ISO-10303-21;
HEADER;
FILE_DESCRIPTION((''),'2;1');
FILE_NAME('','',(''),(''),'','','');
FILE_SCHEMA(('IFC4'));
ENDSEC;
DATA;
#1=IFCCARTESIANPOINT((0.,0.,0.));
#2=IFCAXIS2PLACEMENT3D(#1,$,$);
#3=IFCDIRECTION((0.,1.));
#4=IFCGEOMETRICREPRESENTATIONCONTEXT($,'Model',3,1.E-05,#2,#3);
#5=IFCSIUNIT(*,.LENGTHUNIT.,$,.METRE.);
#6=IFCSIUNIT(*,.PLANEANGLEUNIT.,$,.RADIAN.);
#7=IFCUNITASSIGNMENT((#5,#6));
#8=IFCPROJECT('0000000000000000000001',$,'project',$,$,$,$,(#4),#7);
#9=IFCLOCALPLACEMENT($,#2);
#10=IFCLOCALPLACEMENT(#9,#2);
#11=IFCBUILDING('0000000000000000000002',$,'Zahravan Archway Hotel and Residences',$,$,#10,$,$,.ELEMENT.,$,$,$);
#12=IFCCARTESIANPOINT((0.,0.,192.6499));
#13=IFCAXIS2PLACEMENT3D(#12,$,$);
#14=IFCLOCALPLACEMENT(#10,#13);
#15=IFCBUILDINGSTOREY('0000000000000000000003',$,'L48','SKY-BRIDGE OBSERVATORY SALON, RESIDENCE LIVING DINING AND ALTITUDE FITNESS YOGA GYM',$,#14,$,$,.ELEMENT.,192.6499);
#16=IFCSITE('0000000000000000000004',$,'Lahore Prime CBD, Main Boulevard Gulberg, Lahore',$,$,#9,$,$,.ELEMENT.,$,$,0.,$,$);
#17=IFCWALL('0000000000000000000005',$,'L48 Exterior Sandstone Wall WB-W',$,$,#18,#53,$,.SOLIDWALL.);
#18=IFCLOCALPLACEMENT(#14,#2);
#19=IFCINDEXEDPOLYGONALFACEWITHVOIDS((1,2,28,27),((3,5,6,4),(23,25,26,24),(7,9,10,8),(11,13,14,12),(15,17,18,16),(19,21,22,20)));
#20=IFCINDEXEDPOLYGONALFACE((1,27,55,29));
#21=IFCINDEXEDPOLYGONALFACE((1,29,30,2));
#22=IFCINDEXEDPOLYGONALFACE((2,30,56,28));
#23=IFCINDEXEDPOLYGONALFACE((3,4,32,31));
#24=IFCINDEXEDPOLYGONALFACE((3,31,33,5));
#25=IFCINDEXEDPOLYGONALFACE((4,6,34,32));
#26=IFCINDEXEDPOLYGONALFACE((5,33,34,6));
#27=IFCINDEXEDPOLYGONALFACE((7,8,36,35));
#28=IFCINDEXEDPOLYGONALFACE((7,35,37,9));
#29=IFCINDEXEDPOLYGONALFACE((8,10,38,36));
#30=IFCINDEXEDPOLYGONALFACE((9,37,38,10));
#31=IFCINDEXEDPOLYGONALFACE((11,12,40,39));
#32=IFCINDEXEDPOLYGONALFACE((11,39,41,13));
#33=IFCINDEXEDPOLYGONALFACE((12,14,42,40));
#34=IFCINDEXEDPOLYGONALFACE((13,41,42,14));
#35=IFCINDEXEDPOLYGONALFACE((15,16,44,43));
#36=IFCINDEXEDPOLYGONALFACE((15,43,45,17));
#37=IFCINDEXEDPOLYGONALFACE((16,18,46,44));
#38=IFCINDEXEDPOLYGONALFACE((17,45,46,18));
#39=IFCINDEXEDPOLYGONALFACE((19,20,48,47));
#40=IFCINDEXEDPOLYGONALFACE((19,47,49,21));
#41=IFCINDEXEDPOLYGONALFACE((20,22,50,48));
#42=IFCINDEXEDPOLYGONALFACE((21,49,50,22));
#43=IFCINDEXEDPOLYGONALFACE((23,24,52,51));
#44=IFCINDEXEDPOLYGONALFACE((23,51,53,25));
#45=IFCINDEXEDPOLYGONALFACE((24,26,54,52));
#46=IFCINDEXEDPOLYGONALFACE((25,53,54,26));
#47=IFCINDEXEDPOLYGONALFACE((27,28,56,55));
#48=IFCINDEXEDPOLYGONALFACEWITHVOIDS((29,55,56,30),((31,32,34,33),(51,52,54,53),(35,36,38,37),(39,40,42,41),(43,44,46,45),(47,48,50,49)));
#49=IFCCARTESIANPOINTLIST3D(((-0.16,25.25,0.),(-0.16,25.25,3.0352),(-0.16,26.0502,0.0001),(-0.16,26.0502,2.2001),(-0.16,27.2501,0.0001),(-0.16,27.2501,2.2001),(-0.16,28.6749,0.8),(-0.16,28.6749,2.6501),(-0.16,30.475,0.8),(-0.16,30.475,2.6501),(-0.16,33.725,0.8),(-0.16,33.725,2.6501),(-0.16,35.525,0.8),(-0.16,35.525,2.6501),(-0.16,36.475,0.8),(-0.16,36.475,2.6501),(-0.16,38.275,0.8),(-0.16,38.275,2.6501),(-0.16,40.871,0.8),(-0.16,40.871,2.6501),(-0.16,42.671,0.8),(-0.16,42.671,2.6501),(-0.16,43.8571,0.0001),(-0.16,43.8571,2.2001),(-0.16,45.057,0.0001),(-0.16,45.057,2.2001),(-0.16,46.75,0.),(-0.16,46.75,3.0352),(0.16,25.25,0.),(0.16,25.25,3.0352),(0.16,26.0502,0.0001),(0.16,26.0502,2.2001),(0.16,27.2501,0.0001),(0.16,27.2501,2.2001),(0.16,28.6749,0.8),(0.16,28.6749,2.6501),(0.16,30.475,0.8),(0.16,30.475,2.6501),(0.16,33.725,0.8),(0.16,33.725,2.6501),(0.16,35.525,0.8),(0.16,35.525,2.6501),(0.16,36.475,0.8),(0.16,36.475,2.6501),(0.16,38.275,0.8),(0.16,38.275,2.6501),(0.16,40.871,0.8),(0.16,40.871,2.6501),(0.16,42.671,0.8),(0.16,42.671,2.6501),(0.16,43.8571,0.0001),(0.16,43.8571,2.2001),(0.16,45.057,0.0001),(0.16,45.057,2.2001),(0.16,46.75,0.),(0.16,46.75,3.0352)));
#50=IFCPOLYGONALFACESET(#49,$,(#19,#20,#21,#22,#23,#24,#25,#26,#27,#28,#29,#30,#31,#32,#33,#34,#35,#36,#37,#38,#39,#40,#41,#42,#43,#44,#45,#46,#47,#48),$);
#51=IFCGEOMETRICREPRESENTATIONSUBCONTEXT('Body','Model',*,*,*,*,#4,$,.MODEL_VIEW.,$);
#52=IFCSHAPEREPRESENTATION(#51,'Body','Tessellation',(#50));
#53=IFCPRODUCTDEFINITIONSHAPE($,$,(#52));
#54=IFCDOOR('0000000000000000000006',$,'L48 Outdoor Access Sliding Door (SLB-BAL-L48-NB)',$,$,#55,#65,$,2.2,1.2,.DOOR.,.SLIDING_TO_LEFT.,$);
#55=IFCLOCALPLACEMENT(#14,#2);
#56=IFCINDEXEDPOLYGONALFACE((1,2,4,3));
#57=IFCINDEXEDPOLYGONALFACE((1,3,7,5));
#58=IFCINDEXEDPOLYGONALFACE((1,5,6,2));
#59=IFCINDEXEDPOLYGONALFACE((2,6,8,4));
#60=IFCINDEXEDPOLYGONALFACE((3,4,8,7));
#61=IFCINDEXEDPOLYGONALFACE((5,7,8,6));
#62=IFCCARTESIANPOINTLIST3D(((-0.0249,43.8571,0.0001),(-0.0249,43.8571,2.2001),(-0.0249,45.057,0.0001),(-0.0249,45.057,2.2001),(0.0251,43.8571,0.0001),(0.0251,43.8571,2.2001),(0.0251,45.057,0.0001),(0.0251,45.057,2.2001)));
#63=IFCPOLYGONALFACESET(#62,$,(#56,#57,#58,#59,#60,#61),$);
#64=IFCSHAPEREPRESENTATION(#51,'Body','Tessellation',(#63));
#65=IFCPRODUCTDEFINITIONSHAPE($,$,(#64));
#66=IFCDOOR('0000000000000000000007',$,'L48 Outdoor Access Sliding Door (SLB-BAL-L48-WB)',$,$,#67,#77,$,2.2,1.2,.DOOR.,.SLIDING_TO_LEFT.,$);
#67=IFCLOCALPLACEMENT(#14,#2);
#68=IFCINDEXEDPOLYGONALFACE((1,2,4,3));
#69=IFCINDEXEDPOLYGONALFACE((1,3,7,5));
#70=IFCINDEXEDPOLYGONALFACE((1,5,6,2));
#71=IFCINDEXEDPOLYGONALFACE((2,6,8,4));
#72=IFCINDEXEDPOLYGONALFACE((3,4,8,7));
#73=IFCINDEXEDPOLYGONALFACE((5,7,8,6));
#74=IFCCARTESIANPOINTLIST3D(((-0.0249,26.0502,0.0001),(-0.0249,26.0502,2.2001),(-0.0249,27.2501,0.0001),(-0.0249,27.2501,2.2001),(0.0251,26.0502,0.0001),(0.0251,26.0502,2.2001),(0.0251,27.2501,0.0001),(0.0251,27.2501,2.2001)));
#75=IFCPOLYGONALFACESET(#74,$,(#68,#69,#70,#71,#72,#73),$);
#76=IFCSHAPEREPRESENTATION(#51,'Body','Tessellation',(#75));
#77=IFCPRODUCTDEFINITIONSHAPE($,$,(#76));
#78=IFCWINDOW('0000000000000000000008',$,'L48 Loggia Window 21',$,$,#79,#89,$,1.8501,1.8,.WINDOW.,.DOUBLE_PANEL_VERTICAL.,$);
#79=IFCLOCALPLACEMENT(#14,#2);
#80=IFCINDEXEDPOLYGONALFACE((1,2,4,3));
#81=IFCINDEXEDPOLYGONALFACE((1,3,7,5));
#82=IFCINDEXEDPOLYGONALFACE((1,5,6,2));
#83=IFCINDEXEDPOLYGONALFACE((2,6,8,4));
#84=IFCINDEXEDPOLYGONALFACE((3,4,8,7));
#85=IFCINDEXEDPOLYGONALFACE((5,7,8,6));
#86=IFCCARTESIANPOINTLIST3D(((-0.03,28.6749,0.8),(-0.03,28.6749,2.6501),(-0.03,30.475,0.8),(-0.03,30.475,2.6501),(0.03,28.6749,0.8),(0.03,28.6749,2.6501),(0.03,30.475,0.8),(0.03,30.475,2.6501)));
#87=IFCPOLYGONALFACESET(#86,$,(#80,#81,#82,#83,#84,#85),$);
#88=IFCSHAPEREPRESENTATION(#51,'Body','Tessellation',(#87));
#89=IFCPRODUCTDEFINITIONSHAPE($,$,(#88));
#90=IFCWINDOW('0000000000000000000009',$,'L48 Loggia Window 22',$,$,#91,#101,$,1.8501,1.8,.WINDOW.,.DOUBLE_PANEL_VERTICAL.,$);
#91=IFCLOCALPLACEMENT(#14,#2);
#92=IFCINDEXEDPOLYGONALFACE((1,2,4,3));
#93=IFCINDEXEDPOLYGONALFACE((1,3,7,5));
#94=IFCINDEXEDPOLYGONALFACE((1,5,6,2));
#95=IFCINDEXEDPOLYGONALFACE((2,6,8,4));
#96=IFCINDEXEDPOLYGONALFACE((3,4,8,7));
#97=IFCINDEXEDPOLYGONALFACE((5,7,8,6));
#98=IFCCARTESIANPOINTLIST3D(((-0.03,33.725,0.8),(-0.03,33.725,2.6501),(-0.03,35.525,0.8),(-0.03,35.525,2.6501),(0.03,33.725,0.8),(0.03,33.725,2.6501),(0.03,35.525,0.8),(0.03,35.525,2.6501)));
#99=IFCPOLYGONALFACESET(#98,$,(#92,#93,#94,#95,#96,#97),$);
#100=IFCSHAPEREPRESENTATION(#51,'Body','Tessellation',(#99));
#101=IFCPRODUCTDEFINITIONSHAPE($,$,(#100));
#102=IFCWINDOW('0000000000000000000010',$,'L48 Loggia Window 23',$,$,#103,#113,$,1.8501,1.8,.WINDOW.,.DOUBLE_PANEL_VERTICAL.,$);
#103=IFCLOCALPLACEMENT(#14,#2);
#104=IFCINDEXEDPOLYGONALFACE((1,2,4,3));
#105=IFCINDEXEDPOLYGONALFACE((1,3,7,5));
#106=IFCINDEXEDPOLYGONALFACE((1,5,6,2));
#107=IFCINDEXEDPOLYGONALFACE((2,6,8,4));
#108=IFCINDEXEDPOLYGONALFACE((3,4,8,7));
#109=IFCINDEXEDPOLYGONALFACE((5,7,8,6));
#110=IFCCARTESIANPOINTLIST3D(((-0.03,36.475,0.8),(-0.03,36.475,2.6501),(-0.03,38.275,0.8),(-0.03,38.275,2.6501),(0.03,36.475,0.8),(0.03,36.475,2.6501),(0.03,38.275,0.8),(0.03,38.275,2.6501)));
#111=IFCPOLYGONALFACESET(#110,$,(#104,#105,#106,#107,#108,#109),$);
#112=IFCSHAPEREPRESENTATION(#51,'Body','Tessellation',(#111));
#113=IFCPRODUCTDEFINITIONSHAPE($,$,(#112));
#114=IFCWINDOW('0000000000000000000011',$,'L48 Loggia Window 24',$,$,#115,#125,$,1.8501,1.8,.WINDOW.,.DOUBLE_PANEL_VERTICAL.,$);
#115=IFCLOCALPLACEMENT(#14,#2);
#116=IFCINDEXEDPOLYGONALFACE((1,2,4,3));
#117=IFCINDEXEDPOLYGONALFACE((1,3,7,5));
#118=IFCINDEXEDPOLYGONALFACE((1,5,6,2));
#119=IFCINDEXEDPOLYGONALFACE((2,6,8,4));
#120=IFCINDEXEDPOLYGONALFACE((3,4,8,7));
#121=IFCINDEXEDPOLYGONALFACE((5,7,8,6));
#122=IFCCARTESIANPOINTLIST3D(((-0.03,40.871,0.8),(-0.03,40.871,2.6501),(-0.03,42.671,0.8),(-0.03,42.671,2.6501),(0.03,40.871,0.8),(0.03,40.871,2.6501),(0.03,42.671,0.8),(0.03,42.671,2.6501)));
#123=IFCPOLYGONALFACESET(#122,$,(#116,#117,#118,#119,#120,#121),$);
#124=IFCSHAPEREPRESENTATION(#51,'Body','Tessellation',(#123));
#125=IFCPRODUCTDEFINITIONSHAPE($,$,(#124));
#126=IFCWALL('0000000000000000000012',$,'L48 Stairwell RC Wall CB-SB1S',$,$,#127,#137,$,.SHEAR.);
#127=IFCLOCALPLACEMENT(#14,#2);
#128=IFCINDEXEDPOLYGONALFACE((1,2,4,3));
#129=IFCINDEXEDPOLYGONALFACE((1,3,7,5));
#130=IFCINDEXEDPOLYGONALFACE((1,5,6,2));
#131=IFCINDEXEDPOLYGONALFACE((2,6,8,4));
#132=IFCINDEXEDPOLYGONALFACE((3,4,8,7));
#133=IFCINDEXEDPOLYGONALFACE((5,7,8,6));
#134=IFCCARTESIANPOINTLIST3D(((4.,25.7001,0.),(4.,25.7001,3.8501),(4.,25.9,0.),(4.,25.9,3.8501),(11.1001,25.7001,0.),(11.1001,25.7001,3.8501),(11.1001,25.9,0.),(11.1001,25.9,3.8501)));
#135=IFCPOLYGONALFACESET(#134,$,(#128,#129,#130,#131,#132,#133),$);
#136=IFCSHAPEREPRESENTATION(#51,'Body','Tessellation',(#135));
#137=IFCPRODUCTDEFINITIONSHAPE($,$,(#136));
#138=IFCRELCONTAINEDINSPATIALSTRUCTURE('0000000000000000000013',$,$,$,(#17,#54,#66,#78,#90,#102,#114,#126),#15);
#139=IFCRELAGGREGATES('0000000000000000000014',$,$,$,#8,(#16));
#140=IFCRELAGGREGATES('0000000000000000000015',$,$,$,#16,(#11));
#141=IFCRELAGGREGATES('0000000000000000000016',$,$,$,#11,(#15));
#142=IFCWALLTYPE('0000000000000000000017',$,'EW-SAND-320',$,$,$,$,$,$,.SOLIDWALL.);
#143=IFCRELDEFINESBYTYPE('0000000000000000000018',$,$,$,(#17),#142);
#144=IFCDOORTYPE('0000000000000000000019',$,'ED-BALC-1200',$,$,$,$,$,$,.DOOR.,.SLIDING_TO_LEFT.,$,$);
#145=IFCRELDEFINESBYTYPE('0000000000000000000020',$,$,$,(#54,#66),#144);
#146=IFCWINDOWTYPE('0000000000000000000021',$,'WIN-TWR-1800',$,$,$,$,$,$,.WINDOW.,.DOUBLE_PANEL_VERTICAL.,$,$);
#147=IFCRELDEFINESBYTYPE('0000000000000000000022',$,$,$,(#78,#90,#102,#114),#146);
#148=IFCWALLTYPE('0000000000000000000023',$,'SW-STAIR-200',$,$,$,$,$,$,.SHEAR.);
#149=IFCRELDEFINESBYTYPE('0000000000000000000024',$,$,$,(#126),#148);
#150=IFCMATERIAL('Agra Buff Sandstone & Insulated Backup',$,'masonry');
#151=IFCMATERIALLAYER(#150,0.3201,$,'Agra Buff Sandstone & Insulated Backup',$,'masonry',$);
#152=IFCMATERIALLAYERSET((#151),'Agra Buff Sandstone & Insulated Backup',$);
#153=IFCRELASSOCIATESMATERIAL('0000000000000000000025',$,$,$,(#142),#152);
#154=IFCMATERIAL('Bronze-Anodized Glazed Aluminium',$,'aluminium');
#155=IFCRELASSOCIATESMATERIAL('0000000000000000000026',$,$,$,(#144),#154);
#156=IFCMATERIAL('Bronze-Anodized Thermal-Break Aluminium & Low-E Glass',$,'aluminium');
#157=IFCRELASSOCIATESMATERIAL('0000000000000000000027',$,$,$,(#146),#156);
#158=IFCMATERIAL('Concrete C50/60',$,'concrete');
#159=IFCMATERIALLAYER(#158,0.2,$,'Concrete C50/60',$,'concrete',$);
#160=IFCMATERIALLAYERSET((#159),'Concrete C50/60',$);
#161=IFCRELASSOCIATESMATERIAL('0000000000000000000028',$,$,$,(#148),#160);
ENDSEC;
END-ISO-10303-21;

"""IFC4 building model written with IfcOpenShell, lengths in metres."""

from ifc_helpers import new_model, si_unit, direction, frame, frame_2d, origin, place, context, subcontext, project, spatial, rectangle, extrude, source, transform, mapped, material, layer, layer_set, type_object, type_shapes, element, fill, save


model = new_model("IFC4")

# Units and contexts
model_context = context("Model", 3, precision=1e-05, world=origin(), true_north=direction((0.0, 1.0)))
body_context = subcontext(model_context, "Body", "Model", "MODEL_VIEW")
ifc_project = project(units=[si_unit("LENGTHUNIT", "METRE"), si_unit("PLANEANGLEUNIT", "RADIAN")], contexts=[model_context])

# Site, building, storey
site_placement = place(None, origin())
site = spatial("IfcSite", under=ifc_project, at=site_placement, Name="Lahore Prime CBD, Main Boulevard Gulberg, Lahore", CompositionType="ELEMENT", RefElevation=0.0)
building_placement = place(site_placement, origin())
building = spatial("IfcBuilding", under=site, at=building_placement, Name="Zahravan Archway Hotel and Residences", CompositionType="ELEMENT")
storey_placement = place(building_placement, frame((0.0, 0.0, 192.6499)))
storey = spatial("IfcBuildingStorey", under=building, at=storey_placement, Name="L48", Description="SKY-BRIDGE OBSERVATORY SALON, RESIDENCE LIVING DINING AND ALTITUDE FITNESS YOGA GYM", CompositionType="ELEMENT", Elevation=192.6499)

# Shared definitions
ifc_material_1 = material(Name="Agra Buff Sandstone & Insulated Backup", Category="masonry")
ifc_layer_1 = layer(ifc_material_1, 0.3201, Name="Agra Buff Sandstone & Insulated Backup", Category="masonry")
ifc_layer_set_1 = layer_set([ifc_layer_1], Name="Agra Buff Sandstone & Insulated Backup")
wall_type_1 = type_object("IfcWallType", Name="EW-SAND-320", PredefinedType="SOLIDWALL", material=ifc_layer_set_1)
ifc_material_2 = material(Name="Bronze-Anodized Thermal-Break Aluminium & Low-E Glass", Category="aluminium")

# Wall, openings, doors, windows
wall_1_placement = place(storey_placement, frame((0.0, 25.25, 0.0), z_axis=(0.0, 0.0, 1.0), x_axis=(0.0, 1.0, 0.0)))
wall_1 = element("IfcWall", 1, at=wall_1_placement, inside=storey, type_object=wall_type_1, Name="L48 Exterior Sandstone Wall WB-W", PredefinedType="SOLIDWALL", context=body_context, shape_type="SweptSolid", body=[
    extrude(rectangle(XDim=21.5, YDim=0.3201, at=frame_2d((10.75, 0.0))), origin(), (0.0, 0.0, 1.0), 3.0352),
])
opening_1_placement = place(wall_1_placement, frame((18.6069, 0.0, 0.0)))
opening_1 = element("IfcOpeningElement", 2, at=opening_1_placement, cuts=wall_1, PredefinedType="OPENING", context=body_context, shape_type="SweptSolid", body=[
    extrude(rectangle(XDim=1.2, YDim=2.2, at=frame_2d((0.6001, 1.1001))), frame((0.0, 0.1699, 0.0), z_axis=(0.0, -1.0, 0.0), x_axis=(1.0, 0.0, 0.0)), (0.0, 0.0, 1.0), 0.3401),
])
opening_2_placement = place(wall_1_placement, frame((0.8, 0.0, 0.0)))
opening_2 = element("IfcOpeningElement", 3, at=opening_2_placement, cuts=wall_1, PredefinedType="OPENING", context=body_context, shape_type="SweptSolid", body=[
    extrude(rectangle(XDim=1.2, YDim=2.2, at=frame_2d((0.6001, 1.1001))), frame((0.0, 0.1699, 0.0), z_axis=(0.0, -1.0, 0.0), x_axis=(1.0, 0.0, 0.0)), (0.0, 0.0, 1.0), 0.3401),
])
opening_3_placement = place(wall_1_placement, frame((3.425, 0.0, 0.8)))
opening_3 = element("IfcOpeningElement", 4, at=opening_3_placement, cuts=wall_1, PredefinedType="OPENING", context=body_context, shape_type="SweptSolid", body=[
    extrude(rectangle(XDim=1.8, YDim=1.8501, at=frame_2d((0.8999, 0.925))), frame((0.0, 0.1699, 0.0), z_axis=(0.0, -1.0, 0.0), x_axis=(1.0, 0.0, 0.0)), (0.0, 0.0, 1.0), 0.3401),
])
opening_4_placement = place(wall_1_placement, frame((8.4751, 0.0, 0.8)))
opening_4 = element("IfcOpeningElement", 5, at=opening_4_placement, cuts=wall_1, PredefinedType="OPENING", context=body_context, shape_type="SweptSolid", body=[
    extrude(rectangle(XDim=1.8, YDim=1.8501, at=frame_2d((0.8999, 0.925))), frame((0.0, 0.1699, 0.0), z_axis=(0.0, -1.0, 0.0), x_axis=(1.0, 0.0, 0.0)), (0.0, 0.0, 1.0), 0.3401),
])
opening_5_placement = place(wall_1_placement, frame((11.2251, 0.0, 0.8)))
opening_5 = element("IfcOpeningElement", 6, at=opening_5_placement, cuts=wall_1, PredefinedType="OPENING", context=body_context, shape_type="SweptSolid", body=[
    extrude(rectangle(XDim=1.8, YDim=1.8501, at=frame_2d((0.8999, 0.925))), frame((0.0, 0.1699, 0.0), z_axis=(0.0, -1.0, 0.0), x_axis=(1.0, 0.0, 0.0)), (0.0, 0.0, 1.0), 0.3401),
])
opening_6_placement = place(wall_1_placement, frame((15.6211, 0.0, 0.8)))
opening_6 = element("IfcOpeningElement", 7, at=opening_6_placement, cuts=wall_1, PredefinedType="OPENING", context=body_context, shape_type="SweptSolid", body=[
    extrude(rectangle(XDim=1.8, YDim=1.8501, at=frame_2d((0.8999, 0.925))), frame((0.0, 0.1699, 0.0), z_axis=(0.0, -1.0, 0.0), x_axis=(1.0, 0.0, 0.0)), (0.0, 0.0, 1.0), 0.3401),
])
ifc_material_3 = material(Name="Bronze-Anodized Glazed Aluminium", Category="aluminium")
door_type_1 = type_object("IfcDoorType", Name="ED-BALC-1200", OperationType="SLIDING_TO_LEFT", PredefinedType="DOOR", material=ifc_material_3)
shared_shape_1 = source(origin(), body_context, "Body", "SweptSolid", [
    extrude(rectangle(XDim=1.2, YDim=2.2, at=frame_2d((0.6001, 1.1001))), frame((0.0, 0.0249, 0.0), z_axis=(0.0, -1.0, 0.0), x_axis=(1.0, 0.0, 0.0)), (0.0, 0.0, 1.0), 0.05),
])
type_shapes(door_type_1, [shared_shape_1])
door_1_placement = place(opening_1_placement, origin())
door_1 = element("IfcDoor", 8, at=door_1_placement, inside=storey, type_object=door_type_1, Name="L48 Outdoor Access Sliding Door (SLB-BAL-L48-NB)", OperationType="SLIDING_TO_LEFT", OverallHeight=2.2, OverallWidth=1.2, PredefinedType="DOOR", context=body_context, shape_type="MappedRepresentation", body=[
    mapped(shared_shape_1, transform((0.0, 0.0, 0.0), scale=1.0)),
])
fill(opening_1, door_1)
door_2_placement = place(opening_2_placement, origin())
door_2 = element("IfcDoor", 9, at=door_2_placement, inside=storey, type_object=door_type_1, Name="L48 Outdoor Access Sliding Door (SLB-BAL-L48-WB)", OperationType="SLIDING_TO_LEFT", OverallHeight=2.2, OverallWidth=1.2, PredefinedType="DOOR", context=body_context, shape_type="MappedRepresentation", body=[
    mapped(shared_shape_1, transform((0.0, 0.0, 0.0), scale=1.0)),
])
fill(opening_2, door_2)
window_type_1 = type_object("IfcWindowType", Name="WIN-TWR-1800", PartitioningType="DOUBLE_PANEL_VERTICAL", PredefinedType="WINDOW", material=ifc_material_2)
shared_shape_2 = source(origin(), body_context, "Body", "SweptSolid", [
    extrude(rectangle(XDim=1.8, YDim=1.8501, at=frame_2d((0.8999, 0.925))), frame((0.0, 0.03, 0.0), z_axis=(0.0, -1.0, 0.0), x_axis=(1.0, 0.0, 0.0)), (0.0, 0.0, 1.0), 0.0601),
])
type_shapes(window_type_1, [shared_shape_2])
window_1_placement = place(opening_3_placement, origin())
window_1 = element("IfcWindow", 10, at=window_1_placement, inside=storey, type_object=window_type_1, Name="L48 Loggia Window 21", OverallHeight=1.8501, OverallWidth=1.8, PartitioningType="DOUBLE_PANEL_VERTICAL", PredefinedType="WINDOW", context=body_context, shape_type="MappedRepresentation", body=[
    mapped(shared_shape_2, transform((0.0, 0.0, 0.0), scale=1.0)),
])
fill(opening_3, window_1)
window_2_placement = place(opening_4_placement, origin())
window_2 = element("IfcWindow", 11, at=window_2_placement, inside=storey, type_object=window_type_1, Name="L48 Loggia Window 22", OverallHeight=1.8501, OverallWidth=1.8, PartitioningType="DOUBLE_PANEL_VERTICAL", PredefinedType="WINDOW", context=body_context, shape_type="MappedRepresentation", body=[
    mapped(shared_shape_2, transform((0.0, 0.0, 0.0), scale=1.0)),
])
fill(opening_4, window_2)
window_3_placement = place(opening_5_placement, origin())
window_3 = element("IfcWindow", 12, at=window_3_placement, inside=storey, type_object=window_type_1, Name="L48 Loggia Window 23", OverallHeight=1.8501, OverallWidth=1.8, PartitioningType="DOUBLE_PANEL_VERTICAL", PredefinedType="WINDOW", context=body_context, shape_type="MappedRepresentation", body=[
    mapped(shared_shape_2, transform((0.0, 0.0, 0.0), scale=1.0)),
])
fill(opening_5, window_3)
window_4_placement = place(opening_6_placement, origin())
window_4 = element("IfcWindow", 13, at=window_4_placement, inside=storey, type_object=window_type_1, Name="L48 Loggia Window 24", OverallHeight=1.8501, OverallWidth=1.8, PartitioningType="DOUBLE_PANEL_VERTICAL", PredefinedType="WINDOW", context=body_context, shape_type="MappedRepresentation", body=[
    mapped(shared_shape_2, transform((0.0, 0.0, 0.0), scale=1.0)),
])
fill(opening_6, window_4)

# Wall
ifc_material_4 = material(Name="Concrete C50/60", Category="concrete")
ifc_layer_2 = layer(ifc_material_4, 0.2, Name="Concrete C50/60", Category="concrete")
ifc_layer_set_2 = layer_set([ifc_layer_2], Name="Concrete C50/60")
wall_type_2 = type_object("IfcWallType", Name="SW-STAIR-200", PredefinedType="SHEAR", material=ifc_layer_set_2)
wall_2_placement = place(storey_placement, frame((4.0, 25.8, 0.0), z_axis=(0.0, 0.0, 1.0), x_axis=(1.0, 0.0, 0.0)))
element("IfcWall", 14, at=wall_2_placement, inside=storey, type_object=wall_type_2, Name="L48 Stairwell RC Wall CB-SB1S", PredefinedType="SHEAR", context=body_context, shape_type="SweptSolid", body=[
    extrude(rectangle(XDim=7.1001, YDim=0.2, at=frame_2d((3.55, 0.0))), origin(), (0.0, 0.0, 1.0), 3.8501),
])

save(model, "model.ifc")
